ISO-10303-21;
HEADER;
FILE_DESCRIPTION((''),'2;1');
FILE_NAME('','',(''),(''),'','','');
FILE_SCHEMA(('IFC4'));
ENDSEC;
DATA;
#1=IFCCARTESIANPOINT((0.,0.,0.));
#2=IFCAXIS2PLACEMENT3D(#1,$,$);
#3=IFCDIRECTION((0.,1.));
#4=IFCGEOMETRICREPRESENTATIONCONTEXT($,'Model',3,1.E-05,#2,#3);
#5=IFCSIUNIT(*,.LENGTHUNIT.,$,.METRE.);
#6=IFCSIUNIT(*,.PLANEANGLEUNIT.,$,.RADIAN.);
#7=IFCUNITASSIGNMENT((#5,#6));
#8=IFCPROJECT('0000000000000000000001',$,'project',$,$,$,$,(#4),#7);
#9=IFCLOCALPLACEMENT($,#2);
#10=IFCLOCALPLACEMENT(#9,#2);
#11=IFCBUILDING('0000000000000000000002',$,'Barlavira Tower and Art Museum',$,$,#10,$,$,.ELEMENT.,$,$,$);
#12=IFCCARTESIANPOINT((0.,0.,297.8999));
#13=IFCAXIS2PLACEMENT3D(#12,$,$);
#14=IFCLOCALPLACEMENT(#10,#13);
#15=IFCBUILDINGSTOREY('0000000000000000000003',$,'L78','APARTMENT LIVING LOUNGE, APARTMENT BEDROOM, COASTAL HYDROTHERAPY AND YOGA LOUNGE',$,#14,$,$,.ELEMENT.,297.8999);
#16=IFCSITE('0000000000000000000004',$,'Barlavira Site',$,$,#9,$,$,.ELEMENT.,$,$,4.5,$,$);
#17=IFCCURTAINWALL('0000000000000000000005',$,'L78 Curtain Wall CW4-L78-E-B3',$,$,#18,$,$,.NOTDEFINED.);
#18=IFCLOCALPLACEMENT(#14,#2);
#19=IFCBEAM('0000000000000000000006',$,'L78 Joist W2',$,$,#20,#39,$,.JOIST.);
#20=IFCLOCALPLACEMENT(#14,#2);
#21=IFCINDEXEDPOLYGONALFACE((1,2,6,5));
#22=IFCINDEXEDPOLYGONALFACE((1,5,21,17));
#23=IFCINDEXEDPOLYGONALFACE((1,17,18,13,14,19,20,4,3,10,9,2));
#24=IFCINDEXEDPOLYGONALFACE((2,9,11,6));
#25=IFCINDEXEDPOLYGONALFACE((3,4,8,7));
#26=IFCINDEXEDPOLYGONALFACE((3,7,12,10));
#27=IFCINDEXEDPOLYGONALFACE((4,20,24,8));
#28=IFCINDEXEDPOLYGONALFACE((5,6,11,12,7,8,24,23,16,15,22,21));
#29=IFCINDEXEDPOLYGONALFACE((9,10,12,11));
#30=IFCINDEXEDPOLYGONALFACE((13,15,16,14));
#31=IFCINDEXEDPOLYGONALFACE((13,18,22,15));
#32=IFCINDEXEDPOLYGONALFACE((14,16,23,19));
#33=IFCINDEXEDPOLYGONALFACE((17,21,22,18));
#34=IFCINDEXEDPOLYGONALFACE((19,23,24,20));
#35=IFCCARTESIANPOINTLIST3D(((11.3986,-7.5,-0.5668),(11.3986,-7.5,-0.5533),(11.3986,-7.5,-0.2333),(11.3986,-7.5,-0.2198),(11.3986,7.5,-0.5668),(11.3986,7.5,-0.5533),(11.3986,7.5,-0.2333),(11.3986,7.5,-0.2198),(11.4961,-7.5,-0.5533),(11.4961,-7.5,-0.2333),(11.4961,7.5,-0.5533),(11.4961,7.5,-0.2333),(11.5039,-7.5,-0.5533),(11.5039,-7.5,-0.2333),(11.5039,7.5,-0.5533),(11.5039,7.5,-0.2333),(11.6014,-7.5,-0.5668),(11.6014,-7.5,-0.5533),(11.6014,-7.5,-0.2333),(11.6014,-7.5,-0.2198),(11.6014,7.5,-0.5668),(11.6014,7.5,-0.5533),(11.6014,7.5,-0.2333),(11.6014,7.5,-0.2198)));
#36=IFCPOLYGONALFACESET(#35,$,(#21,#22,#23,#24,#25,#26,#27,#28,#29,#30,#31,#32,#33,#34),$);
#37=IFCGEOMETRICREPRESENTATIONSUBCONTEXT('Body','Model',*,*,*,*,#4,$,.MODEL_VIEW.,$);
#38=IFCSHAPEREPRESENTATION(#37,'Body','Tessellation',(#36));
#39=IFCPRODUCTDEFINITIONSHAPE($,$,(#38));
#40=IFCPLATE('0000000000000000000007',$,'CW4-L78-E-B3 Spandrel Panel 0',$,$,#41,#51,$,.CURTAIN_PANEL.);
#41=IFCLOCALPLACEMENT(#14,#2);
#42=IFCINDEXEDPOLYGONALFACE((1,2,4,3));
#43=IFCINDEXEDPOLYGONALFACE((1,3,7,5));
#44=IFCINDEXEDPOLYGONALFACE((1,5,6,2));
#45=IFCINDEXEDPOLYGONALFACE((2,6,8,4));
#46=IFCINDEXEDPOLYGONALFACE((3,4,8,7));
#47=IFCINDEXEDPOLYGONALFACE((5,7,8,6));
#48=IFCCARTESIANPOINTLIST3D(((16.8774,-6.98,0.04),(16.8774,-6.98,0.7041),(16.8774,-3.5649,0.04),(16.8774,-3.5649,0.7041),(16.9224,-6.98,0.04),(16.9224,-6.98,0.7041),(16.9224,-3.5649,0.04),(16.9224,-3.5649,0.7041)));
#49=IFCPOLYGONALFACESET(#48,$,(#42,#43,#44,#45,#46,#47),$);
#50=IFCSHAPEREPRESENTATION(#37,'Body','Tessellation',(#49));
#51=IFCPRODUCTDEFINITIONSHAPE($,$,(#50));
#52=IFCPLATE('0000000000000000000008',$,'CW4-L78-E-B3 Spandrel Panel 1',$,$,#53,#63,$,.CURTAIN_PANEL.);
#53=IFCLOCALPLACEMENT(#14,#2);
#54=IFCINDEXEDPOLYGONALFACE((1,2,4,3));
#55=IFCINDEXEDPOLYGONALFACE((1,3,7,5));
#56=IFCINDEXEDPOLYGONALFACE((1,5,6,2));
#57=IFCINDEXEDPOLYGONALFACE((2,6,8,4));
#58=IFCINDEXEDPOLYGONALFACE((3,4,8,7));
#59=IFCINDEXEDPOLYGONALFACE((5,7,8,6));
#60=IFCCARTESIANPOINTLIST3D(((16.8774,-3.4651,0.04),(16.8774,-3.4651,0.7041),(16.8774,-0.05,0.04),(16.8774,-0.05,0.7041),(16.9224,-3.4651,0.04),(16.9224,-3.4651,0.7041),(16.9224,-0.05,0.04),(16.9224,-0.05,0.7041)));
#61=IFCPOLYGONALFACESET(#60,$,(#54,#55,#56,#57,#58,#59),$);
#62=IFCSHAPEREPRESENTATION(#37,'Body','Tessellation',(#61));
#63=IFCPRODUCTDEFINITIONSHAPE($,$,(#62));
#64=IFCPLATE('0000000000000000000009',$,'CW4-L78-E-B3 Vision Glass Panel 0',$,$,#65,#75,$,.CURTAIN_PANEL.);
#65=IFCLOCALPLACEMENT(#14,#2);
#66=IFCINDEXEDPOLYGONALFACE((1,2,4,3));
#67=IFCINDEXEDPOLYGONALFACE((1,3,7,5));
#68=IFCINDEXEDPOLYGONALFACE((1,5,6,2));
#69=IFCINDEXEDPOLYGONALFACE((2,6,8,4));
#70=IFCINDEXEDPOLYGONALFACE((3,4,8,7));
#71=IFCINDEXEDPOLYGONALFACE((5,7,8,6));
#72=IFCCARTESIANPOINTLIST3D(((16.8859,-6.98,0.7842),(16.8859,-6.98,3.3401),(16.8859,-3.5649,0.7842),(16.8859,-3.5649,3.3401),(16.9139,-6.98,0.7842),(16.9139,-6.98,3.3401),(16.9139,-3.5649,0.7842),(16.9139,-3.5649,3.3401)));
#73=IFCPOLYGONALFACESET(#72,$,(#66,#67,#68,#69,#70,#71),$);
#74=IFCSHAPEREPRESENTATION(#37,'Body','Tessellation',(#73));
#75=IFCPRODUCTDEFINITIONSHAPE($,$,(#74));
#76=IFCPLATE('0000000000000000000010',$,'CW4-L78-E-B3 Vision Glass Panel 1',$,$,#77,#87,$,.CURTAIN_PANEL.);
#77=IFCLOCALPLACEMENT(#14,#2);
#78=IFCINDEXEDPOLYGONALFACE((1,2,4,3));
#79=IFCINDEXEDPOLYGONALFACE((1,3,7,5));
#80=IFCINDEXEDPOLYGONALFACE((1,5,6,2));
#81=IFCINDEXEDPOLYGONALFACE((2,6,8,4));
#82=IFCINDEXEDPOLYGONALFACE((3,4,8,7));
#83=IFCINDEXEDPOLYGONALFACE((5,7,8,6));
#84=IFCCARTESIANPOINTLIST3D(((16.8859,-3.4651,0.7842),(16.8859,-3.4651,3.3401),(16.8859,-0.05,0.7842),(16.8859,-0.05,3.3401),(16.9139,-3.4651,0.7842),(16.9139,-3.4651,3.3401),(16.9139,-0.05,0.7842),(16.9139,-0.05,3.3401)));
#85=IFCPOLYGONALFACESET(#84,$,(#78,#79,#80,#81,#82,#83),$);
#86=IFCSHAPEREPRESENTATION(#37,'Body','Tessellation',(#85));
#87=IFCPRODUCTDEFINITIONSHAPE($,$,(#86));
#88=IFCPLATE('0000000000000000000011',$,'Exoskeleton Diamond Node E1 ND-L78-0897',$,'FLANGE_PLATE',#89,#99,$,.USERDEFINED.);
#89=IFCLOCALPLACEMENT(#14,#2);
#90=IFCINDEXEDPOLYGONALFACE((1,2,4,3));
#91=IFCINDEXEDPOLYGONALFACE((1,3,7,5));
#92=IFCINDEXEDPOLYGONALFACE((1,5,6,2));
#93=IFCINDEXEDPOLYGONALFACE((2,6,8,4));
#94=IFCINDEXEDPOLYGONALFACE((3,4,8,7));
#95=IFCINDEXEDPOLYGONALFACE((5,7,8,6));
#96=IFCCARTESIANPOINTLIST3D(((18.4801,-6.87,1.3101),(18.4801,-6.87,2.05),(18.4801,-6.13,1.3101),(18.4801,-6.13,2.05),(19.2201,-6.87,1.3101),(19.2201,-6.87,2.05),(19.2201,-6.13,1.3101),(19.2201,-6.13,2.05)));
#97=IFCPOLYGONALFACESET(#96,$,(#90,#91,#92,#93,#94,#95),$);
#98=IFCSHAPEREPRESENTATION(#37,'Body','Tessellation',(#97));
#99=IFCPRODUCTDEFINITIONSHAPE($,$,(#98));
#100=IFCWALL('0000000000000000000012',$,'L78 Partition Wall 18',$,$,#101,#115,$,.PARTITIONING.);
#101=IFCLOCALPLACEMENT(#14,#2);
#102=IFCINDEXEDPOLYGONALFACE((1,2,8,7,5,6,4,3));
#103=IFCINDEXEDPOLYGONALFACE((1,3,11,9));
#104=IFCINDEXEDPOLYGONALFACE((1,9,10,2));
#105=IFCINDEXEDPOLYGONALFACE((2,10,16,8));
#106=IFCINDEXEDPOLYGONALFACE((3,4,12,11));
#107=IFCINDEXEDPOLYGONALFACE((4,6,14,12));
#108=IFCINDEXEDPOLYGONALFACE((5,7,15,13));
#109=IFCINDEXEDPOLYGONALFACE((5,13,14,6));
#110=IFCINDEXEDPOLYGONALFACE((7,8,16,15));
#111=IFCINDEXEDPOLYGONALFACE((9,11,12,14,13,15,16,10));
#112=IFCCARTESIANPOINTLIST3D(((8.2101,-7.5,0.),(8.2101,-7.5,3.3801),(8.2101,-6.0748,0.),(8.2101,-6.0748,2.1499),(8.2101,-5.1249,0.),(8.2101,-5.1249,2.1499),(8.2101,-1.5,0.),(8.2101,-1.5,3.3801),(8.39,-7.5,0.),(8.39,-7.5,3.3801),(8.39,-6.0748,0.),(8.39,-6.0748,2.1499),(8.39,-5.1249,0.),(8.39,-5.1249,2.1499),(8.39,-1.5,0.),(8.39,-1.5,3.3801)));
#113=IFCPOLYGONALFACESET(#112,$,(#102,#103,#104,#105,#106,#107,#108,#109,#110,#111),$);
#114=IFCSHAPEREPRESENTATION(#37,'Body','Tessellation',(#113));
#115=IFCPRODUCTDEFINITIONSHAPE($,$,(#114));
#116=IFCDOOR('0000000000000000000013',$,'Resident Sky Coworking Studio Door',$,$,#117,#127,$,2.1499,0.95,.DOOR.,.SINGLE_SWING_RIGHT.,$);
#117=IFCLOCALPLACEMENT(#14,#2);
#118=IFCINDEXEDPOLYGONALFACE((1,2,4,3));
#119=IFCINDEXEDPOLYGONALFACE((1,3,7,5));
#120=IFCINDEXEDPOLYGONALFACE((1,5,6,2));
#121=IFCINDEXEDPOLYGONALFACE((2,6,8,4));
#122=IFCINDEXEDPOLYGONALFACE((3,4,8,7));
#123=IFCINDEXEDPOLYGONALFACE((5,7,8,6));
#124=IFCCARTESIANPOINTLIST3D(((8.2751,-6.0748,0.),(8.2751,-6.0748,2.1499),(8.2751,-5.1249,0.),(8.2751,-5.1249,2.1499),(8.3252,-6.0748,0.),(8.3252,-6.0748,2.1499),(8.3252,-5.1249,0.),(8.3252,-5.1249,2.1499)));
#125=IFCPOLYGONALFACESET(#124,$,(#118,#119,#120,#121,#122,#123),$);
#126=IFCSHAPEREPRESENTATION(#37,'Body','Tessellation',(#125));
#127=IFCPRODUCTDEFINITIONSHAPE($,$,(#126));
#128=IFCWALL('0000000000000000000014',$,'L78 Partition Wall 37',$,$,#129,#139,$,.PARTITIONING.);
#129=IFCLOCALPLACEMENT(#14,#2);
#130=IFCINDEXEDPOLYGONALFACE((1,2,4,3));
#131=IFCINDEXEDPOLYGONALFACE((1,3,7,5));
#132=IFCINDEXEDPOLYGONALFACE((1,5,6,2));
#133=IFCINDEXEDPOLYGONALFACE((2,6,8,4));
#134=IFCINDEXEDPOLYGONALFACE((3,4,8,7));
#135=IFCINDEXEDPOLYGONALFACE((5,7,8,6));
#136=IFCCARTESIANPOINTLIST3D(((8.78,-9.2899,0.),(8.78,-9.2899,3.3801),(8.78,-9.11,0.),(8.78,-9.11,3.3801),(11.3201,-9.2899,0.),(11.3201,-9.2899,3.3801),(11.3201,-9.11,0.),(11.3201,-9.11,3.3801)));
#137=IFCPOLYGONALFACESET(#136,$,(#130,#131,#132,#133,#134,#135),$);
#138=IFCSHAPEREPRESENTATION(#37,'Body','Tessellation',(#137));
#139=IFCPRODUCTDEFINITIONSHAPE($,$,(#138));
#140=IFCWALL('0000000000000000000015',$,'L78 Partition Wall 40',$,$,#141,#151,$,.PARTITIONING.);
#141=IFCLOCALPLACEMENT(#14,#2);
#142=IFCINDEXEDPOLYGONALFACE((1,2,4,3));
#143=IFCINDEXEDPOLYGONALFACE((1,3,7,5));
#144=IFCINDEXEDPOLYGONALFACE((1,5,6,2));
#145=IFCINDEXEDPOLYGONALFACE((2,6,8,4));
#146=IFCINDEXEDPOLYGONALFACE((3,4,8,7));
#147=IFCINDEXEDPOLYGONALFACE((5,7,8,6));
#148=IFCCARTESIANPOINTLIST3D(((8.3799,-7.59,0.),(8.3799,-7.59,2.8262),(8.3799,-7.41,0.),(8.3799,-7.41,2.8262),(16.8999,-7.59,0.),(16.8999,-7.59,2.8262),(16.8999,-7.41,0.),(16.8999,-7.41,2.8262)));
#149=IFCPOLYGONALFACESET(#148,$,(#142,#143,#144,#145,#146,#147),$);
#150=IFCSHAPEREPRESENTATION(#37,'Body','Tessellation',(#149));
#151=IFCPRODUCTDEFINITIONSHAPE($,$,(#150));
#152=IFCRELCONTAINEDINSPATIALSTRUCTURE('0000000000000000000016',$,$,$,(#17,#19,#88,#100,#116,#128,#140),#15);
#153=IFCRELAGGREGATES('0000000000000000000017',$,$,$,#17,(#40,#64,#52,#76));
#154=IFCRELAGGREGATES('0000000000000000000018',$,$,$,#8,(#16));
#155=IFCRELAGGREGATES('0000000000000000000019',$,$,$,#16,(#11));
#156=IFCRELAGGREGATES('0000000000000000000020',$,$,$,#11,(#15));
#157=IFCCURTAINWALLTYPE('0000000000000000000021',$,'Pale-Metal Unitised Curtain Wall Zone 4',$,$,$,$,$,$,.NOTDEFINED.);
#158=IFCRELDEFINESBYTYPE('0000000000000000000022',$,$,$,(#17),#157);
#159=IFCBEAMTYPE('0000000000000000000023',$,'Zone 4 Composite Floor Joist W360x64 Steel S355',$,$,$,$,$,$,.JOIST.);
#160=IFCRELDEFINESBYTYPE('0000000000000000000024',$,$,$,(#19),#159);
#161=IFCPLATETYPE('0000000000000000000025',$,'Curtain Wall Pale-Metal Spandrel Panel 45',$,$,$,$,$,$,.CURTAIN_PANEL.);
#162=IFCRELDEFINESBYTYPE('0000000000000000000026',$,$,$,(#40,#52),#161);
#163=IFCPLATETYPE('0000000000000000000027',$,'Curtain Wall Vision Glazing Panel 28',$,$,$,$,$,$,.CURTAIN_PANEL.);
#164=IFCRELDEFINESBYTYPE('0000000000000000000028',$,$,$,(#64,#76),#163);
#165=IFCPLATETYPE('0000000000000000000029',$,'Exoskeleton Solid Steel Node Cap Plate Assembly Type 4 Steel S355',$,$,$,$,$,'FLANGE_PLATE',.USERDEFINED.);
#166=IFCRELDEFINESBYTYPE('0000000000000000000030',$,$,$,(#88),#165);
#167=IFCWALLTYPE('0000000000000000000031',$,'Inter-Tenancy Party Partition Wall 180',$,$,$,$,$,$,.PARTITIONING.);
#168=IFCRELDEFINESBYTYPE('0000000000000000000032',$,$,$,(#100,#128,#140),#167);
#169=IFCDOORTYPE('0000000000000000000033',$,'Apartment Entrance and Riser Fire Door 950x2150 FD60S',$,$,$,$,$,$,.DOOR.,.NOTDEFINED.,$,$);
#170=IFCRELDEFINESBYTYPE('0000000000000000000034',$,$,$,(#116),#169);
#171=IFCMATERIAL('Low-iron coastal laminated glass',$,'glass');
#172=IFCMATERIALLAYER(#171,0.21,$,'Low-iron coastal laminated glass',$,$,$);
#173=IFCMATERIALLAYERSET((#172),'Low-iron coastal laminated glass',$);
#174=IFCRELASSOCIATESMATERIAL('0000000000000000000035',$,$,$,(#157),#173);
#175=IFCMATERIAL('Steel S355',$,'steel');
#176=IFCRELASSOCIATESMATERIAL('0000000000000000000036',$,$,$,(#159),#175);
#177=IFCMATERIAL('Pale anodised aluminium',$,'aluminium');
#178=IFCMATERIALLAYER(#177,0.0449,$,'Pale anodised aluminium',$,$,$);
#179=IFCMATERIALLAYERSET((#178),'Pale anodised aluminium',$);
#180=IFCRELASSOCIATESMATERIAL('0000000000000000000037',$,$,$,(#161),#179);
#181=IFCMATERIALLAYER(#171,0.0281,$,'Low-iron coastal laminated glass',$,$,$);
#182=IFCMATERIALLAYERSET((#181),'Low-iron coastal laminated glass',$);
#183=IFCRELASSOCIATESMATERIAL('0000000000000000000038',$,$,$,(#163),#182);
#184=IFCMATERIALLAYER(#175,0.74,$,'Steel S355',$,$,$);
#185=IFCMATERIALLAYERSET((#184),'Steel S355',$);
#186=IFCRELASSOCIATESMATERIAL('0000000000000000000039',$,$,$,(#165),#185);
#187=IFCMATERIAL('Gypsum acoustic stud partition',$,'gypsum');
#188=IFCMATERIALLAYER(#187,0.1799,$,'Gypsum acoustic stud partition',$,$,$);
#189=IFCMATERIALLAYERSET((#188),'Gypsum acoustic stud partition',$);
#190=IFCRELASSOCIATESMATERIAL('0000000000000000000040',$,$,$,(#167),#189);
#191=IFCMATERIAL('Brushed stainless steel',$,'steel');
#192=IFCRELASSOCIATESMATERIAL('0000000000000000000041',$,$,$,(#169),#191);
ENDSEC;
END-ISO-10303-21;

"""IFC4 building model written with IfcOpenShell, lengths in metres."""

from ifc_helpers import new_model, si_unit, direction, frame, frame_2d, origin, origin_2d, place, context, subcontext, project, spatial, rectangle, i_section, extrude, material, layer, layer_set, material_profile, profile_set, type_object, element, fill, aggregate, save


model = new_model("IFC4")

# Units and contexts
model_context = context("Model", 3, precision=1e-05, world=origin(), true_north=direction((0.0, 1.0)))
body_context = subcontext(model_context, "Body", "Model", "MODEL_VIEW")
ifc_project = project(units=[si_unit("LENGTHUNIT", "METRE"), si_unit("PLANEANGLEUNIT", "RADIAN")], contexts=[model_context])

# Site, building, storey
site_placement = place(None, origin())
site = spatial("IfcSite", under=ifc_project, at=site_placement, Name="Barlavira Site", CompositionType="ELEMENT", RefElevation=4.5)
building_placement = place(site_placement, origin())
building = spatial("IfcBuilding", under=site, at=building_placement, Name="Barlavira Tower and Art Museum", CompositionType="ELEMENT")
storey_placement = place(building_placement, frame((0.0, 0.0, 297.8999)))
storey = spatial("IfcBuildingStorey", under=building, at=storey_placement, Name="L78", Description="APARTMENT LIVING LOUNGE, APARTMENT BEDROOM, COASTAL HYDROTHERAPY AND YOGA LOUNGE", CompositionType="ELEMENT", Elevation=297.8999)

# Curtain wall
ifc_material_1 = material(Name="Low-iron coastal laminated glass", Category="glass")
ifc_layer_1 = layer(ifc_material_1, 0.21, Name="Low-iron coastal laminated glass")
ifc_layer_set_1 = layer_set([ifc_layer_1], Name="Low-iron coastal laminated glass")
curtain_wall_type = type_object("IfcCurtainWallType", Name="Pale-Metal Unitised Curtain Wall Zone 4", PredefinedType="NOTDEFINED", material=ifc_layer_set_1)
curtain_wall_placement = place(storey_placement, origin())
curtain_wall = element("IfcCurtainWall", 1, at=curtain_wall_placement, inside=storey, type_object=curtain_wall_type, Name="L78 Curtain Wall CW4-L78-E-B3", PredefinedType="NOTDEFINED")
ifc_material_2 = material(Name="Pale anodised aluminium", Category="aluminium")

# Beam
ifc_material_3 = material(Name="Steel S355", Category="steel")
ifc_material_profile_1 = material_profile(ifc_material_3, i_section(OverallWidth=0.2029, OverallDepth=0.3469, WebThickness=0.0078, FlangeThickness=0.0134, at=origin_2d()), Name="W360x64.0")
ifc_profile_set_1 = profile_set([ifc_material_profile_1], Name="Steel S355")
beam_type_1 = type_object("IfcBeamType", Name="Zone 4 Composite Floor Joist W360x64 Steel S355", PredefinedType="JOIST", material=ifc_profile_set_1)
beam_1_placement = place(storey_placement, frame((11.5, -7.5, -0.3933), z_axis=(0.0, 1.0, 0.0), x_axis=(-1.0, 0.0, 0.0)))
element("IfcBeam", 2, at=beam_1_placement, inside=storey, type_object=beam_type_1, Name="L78 Joist W2", PredefinedType="JOIST", context=body_context, shape_type="SweptSolid", body=[
    extrude(i_section(OverallWidth=0.2029, OverallDepth=0.3469, WebThickness=0.0078, FlangeThickness=0.0134, at=origin_2d()), origin(), (0.0, 0.0, 1.0), 15.0),
])

# Plates
ifc_layer_2 = layer(ifc_material_2, 0.0449, Name="Pale anodised aluminium")
ifc_layer_set_2 = layer_set([ifc_layer_2], Name="Pale anodised aluminium")
plate_type_1 = type_object("IfcPlateType", Name="Curtain Wall Pale-Metal Spandrel Panel 45", PredefinedType="CURTAIN_PANEL", material=ifc_layer_set_2)
plate_1_placement = place(storey_placement, frame((16.8999, -5.2725, 0.04), z_axis=(0.0, 0.0, 1.0), x_axis=(0.0, 1.0, 0.0)))
plate_1 = element("IfcPlate", 3, at=plate_1_placement, type_object=plate_type_1, Name="CW4-L78-E-B3 Spandrel Panel 0", PredefinedType="CURTAIN_PANEL", context=body_context, shape_type="SweptSolid", body=[
    extrude(rectangle(XDim=3.415, YDim=0.0449, at=origin_2d()), origin(), (0.0, 0.0, 1.0), 0.6641),
])
plate_2_placement = place(storey_placement, frame((16.8999, -1.7576, 0.04), z_axis=(0.0, 0.0, 1.0), x_axis=(0.0, 1.0, 0.0)))
plate_2 = element("IfcPlate", 4, at=plate_2_placement, type_object=plate_type_1, Name="CW4-L78-E-B3 Spandrel Panel 1", PredefinedType="CURTAIN_PANEL", context=body_context, shape_type="SweptSolid", body=[
    extrude(rectangle(XDim=3.415, YDim=0.0449, at=origin_2d()), origin(), (0.0, 0.0, 1.0), 0.6641),
])
ifc_layer_3 = layer(ifc_material_1, 0.0281, Name="Low-iron coastal laminated glass")
ifc_layer_set_3 = layer_set([ifc_layer_3], Name="Low-iron coastal laminated glass")
plate_type_2 = type_object("IfcPlateType", Name="Curtain Wall Vision Glazing Panel 28", PredefinedType="CURTAIN_PANEL", material=ifc_layer_set_3)
plate_3_placement = place(storey_placement, frame((16.8999, -5.2725, 0.7842), z_axis=(0.0, 0.0, 1.0), x_axis=(0.0, 1.0, 0.0)))
plate_3 = element("IfcPlate", 5, at=plate_3_placement, type_object=plate_type_2, Name="CW4-L78-E-B3 Vision Glass Panel 0", PredefinedType="CURTAIN_PANEL", context=body_context, shape_type="SweptSolid", body=[
    extrude(rectangle(XDim=3.415, YDim=0.0281, at=origin_2d()), origin(), (0.0, 0.0, 1.0), 2.5559),
])
plate_4_placement = place(storey_placement, frame((16.8999, -1.7576, 0.7842), z_axis=(0.0, 0.0, 1.0), x_axis=(0.0, 1.0, 0.0)))
plate_4 = element("IfcPlate", 6, at=plate_4_placement, type_object=plate_type_2, Name="CW4-L78-E-B3 Vision Glass Panel 1", PredefinedType="CURTAIN_PANEL", context=body_context, shape_type="SweptSolid", body=[
    extrude(rectangle(XDim=3.415, YDim=0.0281, at=origin_2d()), origin(), (0.0, 0.0, 1.0), 2.5559),
])
aggregate(curtain_wall, [plate_1, plate_3, plate_2, plate_4])
ifc_layer_4 = layer(ifc_material_3, 0.74, Name="Steel S355")
ifc_layer_set_4 = layer_set([ifc_layer_4], Name="Steel S355")
plate_type_3 = type_object("IfcPlateType", Name="Exoskeleton Solid Steel Node Cap Plate Assembly Type 4 Steel S355", ElementType="FLANGE_PLATE", PredefinedType="USERDEFINED", material=ifc_layer_set_4)
plate_5_placement = place(storey_placement, frame((18.8501, -6.5, 1.3101), z_axis=(0.0, 0.0, 1.0), x_axis=(1.0, 0.0, 0.0)))
element("IfcPlate", 7, at=plate_5_placement, inside=storey, type_object=plate_type_3, Name="Exoskeleton Diamond Node E1 ND-L78-0897", ObjectType="FLANGE_PLATE", PredefinedType="USERDEFINED", context=body_context, shape_type="SweptSolid", body=[
    extrude(rectangle(XDim=0.74, YDim=0.74, at=origin_2d()), origin(), (0.0, 0.0, 1.0), 0.74),
])

# Wall, opening, door
ifc_material_4 = material(Name="Brushed stainless steel", Category="steel")
ifc_material_5 = material(Name="Gypsum acoustic stud partition", Category="gypsum")
ifc_layer_5 = layer(ifc_material_5, 0.1799, Name="Gypsum acoustic stud partition")
ifc_layer_set_5 = layer_set([ifc_layer_5], Name="Gypsum acoustic stud partition")
wall_type_1 = type_object("IfcWallType", Name="Inter-Tenancy Party Partition Wall 180", PredefinedType="PARTITIONING", material=ifc_layer_set_5)
wall_1_placement = place(storey_placement, frame((8.3, -7.5, 0.0), z_axis=(0.0, 0.0, 1.0), x_axis=(0.0, 1.0, 0.0)))
wall_1 = element("IfcWall", 8, at=wall_1_placement, inside=storey, type_object=wall_type_1, Name="L78 Partition Wall 18", PredefinedType="PARTITIONING", context=body_context, shape_type="SweptSolid", body=[
    extrude(rectangle(XDim=6.0, YDim=0.1799, at=frame_2d((3.0, 0.0))), origin(), (0.0, 0.0, 1.0), 3.3801),
])
opening_1_placement = place(wall_1_placement, frame((1.425, 0.0, 0.0)))
opening_1 = element("IfcOpeningElement", 9, at=opening_1_placement, cuts=wall_1, PredefinedType="OPENING", context=body_context, shape_type="SweptSolid", body=[
    extrude(rectangle(XDim=0.95, YDim=2.1499, at=frame_2d((0.4751, 1.075))), frame((0.0, 0.1001, 0.0), z_axis=(0.0, -1.0, 0.0), x_axis=(1.0, 0.0, 0.0)), (0.0, 0.0, 1.0), 0.2),
])
door_type_1 = type_object("IfcDoorType", Name="Apartment Entrance and Riser Fire Door 950x2150 FD60S", OperationType="NOTDEFINED", PredefinedType="DOOR", material=ifc_material_4)
door_1_placement = place(opening_1_placement, origin())
door_1 = element("IfcDoor", 10, at=door_1_placement, inside=storey, type_object=door_type_1, Name="Resident Sky Coworking Studio Door", OperationType="SINGLE_SWING_RIGHT", OverallHeight=2.1499, OverallWidth=0.95, PredefinedType="DOOR", context=body_context, shape_type="SweptSolid", body=[
    extrude(rectangle(XDim=0.95, YDim=2.1499, at=frame_2d((0.4751, 1.075))), frame((0.0, 0.0249, 0.0), z_axis=(0.0, -1.0, 0.0), x_axis=(1.0, 0.0, 0.0)), (0.0, 0.0, 1.0), 0.05),
])
fill(opening_1, door_1)

# Walls
wall_2_placement = place(storey_placement, frame((8.78, -9.2, 0.0), z_axis=(0.0, 0.0, 1.0), x_axis=(1.0, 0.0, 0.0)))
element("IfcWall", 11, at=wall_2_placement, inside=storey, type_object=wall_type_1, Name="L78 Partition Wall 37", PredefinedType="PARTITIONING", context=body_context, shape_type="SweptSolid", body=[
    extrude(rectangle(XDim=2.54, YDim=0.1799, at=frame_2d((1.27, 0.0))), origin(), (0.0, 0.0, 1.0), 3.3801),
])
wall_3_placement = place(storey_placement, frame((8.3799, -7.5, 0.0), z_axis=(0.0, 0.0, 1.0), x_axis=(1.0, 0.0, 0.0)))
element("IfcWall", 12, at=wall_3_placement, inside=storey, type_object=wall_type_1, Name="L78 Partition Wall 40", PredefinedType="PARTITIONING", context=body_context, shape_type="SweptSolid", body=[
    extrude(rectangle(XDim=8.52, YDim=0.1799, at=frame_2d((4.26, 0.0))), origin(), (0.0, 0.0, 1.0), 2.8262),
])

save(model, "model.ifc")
